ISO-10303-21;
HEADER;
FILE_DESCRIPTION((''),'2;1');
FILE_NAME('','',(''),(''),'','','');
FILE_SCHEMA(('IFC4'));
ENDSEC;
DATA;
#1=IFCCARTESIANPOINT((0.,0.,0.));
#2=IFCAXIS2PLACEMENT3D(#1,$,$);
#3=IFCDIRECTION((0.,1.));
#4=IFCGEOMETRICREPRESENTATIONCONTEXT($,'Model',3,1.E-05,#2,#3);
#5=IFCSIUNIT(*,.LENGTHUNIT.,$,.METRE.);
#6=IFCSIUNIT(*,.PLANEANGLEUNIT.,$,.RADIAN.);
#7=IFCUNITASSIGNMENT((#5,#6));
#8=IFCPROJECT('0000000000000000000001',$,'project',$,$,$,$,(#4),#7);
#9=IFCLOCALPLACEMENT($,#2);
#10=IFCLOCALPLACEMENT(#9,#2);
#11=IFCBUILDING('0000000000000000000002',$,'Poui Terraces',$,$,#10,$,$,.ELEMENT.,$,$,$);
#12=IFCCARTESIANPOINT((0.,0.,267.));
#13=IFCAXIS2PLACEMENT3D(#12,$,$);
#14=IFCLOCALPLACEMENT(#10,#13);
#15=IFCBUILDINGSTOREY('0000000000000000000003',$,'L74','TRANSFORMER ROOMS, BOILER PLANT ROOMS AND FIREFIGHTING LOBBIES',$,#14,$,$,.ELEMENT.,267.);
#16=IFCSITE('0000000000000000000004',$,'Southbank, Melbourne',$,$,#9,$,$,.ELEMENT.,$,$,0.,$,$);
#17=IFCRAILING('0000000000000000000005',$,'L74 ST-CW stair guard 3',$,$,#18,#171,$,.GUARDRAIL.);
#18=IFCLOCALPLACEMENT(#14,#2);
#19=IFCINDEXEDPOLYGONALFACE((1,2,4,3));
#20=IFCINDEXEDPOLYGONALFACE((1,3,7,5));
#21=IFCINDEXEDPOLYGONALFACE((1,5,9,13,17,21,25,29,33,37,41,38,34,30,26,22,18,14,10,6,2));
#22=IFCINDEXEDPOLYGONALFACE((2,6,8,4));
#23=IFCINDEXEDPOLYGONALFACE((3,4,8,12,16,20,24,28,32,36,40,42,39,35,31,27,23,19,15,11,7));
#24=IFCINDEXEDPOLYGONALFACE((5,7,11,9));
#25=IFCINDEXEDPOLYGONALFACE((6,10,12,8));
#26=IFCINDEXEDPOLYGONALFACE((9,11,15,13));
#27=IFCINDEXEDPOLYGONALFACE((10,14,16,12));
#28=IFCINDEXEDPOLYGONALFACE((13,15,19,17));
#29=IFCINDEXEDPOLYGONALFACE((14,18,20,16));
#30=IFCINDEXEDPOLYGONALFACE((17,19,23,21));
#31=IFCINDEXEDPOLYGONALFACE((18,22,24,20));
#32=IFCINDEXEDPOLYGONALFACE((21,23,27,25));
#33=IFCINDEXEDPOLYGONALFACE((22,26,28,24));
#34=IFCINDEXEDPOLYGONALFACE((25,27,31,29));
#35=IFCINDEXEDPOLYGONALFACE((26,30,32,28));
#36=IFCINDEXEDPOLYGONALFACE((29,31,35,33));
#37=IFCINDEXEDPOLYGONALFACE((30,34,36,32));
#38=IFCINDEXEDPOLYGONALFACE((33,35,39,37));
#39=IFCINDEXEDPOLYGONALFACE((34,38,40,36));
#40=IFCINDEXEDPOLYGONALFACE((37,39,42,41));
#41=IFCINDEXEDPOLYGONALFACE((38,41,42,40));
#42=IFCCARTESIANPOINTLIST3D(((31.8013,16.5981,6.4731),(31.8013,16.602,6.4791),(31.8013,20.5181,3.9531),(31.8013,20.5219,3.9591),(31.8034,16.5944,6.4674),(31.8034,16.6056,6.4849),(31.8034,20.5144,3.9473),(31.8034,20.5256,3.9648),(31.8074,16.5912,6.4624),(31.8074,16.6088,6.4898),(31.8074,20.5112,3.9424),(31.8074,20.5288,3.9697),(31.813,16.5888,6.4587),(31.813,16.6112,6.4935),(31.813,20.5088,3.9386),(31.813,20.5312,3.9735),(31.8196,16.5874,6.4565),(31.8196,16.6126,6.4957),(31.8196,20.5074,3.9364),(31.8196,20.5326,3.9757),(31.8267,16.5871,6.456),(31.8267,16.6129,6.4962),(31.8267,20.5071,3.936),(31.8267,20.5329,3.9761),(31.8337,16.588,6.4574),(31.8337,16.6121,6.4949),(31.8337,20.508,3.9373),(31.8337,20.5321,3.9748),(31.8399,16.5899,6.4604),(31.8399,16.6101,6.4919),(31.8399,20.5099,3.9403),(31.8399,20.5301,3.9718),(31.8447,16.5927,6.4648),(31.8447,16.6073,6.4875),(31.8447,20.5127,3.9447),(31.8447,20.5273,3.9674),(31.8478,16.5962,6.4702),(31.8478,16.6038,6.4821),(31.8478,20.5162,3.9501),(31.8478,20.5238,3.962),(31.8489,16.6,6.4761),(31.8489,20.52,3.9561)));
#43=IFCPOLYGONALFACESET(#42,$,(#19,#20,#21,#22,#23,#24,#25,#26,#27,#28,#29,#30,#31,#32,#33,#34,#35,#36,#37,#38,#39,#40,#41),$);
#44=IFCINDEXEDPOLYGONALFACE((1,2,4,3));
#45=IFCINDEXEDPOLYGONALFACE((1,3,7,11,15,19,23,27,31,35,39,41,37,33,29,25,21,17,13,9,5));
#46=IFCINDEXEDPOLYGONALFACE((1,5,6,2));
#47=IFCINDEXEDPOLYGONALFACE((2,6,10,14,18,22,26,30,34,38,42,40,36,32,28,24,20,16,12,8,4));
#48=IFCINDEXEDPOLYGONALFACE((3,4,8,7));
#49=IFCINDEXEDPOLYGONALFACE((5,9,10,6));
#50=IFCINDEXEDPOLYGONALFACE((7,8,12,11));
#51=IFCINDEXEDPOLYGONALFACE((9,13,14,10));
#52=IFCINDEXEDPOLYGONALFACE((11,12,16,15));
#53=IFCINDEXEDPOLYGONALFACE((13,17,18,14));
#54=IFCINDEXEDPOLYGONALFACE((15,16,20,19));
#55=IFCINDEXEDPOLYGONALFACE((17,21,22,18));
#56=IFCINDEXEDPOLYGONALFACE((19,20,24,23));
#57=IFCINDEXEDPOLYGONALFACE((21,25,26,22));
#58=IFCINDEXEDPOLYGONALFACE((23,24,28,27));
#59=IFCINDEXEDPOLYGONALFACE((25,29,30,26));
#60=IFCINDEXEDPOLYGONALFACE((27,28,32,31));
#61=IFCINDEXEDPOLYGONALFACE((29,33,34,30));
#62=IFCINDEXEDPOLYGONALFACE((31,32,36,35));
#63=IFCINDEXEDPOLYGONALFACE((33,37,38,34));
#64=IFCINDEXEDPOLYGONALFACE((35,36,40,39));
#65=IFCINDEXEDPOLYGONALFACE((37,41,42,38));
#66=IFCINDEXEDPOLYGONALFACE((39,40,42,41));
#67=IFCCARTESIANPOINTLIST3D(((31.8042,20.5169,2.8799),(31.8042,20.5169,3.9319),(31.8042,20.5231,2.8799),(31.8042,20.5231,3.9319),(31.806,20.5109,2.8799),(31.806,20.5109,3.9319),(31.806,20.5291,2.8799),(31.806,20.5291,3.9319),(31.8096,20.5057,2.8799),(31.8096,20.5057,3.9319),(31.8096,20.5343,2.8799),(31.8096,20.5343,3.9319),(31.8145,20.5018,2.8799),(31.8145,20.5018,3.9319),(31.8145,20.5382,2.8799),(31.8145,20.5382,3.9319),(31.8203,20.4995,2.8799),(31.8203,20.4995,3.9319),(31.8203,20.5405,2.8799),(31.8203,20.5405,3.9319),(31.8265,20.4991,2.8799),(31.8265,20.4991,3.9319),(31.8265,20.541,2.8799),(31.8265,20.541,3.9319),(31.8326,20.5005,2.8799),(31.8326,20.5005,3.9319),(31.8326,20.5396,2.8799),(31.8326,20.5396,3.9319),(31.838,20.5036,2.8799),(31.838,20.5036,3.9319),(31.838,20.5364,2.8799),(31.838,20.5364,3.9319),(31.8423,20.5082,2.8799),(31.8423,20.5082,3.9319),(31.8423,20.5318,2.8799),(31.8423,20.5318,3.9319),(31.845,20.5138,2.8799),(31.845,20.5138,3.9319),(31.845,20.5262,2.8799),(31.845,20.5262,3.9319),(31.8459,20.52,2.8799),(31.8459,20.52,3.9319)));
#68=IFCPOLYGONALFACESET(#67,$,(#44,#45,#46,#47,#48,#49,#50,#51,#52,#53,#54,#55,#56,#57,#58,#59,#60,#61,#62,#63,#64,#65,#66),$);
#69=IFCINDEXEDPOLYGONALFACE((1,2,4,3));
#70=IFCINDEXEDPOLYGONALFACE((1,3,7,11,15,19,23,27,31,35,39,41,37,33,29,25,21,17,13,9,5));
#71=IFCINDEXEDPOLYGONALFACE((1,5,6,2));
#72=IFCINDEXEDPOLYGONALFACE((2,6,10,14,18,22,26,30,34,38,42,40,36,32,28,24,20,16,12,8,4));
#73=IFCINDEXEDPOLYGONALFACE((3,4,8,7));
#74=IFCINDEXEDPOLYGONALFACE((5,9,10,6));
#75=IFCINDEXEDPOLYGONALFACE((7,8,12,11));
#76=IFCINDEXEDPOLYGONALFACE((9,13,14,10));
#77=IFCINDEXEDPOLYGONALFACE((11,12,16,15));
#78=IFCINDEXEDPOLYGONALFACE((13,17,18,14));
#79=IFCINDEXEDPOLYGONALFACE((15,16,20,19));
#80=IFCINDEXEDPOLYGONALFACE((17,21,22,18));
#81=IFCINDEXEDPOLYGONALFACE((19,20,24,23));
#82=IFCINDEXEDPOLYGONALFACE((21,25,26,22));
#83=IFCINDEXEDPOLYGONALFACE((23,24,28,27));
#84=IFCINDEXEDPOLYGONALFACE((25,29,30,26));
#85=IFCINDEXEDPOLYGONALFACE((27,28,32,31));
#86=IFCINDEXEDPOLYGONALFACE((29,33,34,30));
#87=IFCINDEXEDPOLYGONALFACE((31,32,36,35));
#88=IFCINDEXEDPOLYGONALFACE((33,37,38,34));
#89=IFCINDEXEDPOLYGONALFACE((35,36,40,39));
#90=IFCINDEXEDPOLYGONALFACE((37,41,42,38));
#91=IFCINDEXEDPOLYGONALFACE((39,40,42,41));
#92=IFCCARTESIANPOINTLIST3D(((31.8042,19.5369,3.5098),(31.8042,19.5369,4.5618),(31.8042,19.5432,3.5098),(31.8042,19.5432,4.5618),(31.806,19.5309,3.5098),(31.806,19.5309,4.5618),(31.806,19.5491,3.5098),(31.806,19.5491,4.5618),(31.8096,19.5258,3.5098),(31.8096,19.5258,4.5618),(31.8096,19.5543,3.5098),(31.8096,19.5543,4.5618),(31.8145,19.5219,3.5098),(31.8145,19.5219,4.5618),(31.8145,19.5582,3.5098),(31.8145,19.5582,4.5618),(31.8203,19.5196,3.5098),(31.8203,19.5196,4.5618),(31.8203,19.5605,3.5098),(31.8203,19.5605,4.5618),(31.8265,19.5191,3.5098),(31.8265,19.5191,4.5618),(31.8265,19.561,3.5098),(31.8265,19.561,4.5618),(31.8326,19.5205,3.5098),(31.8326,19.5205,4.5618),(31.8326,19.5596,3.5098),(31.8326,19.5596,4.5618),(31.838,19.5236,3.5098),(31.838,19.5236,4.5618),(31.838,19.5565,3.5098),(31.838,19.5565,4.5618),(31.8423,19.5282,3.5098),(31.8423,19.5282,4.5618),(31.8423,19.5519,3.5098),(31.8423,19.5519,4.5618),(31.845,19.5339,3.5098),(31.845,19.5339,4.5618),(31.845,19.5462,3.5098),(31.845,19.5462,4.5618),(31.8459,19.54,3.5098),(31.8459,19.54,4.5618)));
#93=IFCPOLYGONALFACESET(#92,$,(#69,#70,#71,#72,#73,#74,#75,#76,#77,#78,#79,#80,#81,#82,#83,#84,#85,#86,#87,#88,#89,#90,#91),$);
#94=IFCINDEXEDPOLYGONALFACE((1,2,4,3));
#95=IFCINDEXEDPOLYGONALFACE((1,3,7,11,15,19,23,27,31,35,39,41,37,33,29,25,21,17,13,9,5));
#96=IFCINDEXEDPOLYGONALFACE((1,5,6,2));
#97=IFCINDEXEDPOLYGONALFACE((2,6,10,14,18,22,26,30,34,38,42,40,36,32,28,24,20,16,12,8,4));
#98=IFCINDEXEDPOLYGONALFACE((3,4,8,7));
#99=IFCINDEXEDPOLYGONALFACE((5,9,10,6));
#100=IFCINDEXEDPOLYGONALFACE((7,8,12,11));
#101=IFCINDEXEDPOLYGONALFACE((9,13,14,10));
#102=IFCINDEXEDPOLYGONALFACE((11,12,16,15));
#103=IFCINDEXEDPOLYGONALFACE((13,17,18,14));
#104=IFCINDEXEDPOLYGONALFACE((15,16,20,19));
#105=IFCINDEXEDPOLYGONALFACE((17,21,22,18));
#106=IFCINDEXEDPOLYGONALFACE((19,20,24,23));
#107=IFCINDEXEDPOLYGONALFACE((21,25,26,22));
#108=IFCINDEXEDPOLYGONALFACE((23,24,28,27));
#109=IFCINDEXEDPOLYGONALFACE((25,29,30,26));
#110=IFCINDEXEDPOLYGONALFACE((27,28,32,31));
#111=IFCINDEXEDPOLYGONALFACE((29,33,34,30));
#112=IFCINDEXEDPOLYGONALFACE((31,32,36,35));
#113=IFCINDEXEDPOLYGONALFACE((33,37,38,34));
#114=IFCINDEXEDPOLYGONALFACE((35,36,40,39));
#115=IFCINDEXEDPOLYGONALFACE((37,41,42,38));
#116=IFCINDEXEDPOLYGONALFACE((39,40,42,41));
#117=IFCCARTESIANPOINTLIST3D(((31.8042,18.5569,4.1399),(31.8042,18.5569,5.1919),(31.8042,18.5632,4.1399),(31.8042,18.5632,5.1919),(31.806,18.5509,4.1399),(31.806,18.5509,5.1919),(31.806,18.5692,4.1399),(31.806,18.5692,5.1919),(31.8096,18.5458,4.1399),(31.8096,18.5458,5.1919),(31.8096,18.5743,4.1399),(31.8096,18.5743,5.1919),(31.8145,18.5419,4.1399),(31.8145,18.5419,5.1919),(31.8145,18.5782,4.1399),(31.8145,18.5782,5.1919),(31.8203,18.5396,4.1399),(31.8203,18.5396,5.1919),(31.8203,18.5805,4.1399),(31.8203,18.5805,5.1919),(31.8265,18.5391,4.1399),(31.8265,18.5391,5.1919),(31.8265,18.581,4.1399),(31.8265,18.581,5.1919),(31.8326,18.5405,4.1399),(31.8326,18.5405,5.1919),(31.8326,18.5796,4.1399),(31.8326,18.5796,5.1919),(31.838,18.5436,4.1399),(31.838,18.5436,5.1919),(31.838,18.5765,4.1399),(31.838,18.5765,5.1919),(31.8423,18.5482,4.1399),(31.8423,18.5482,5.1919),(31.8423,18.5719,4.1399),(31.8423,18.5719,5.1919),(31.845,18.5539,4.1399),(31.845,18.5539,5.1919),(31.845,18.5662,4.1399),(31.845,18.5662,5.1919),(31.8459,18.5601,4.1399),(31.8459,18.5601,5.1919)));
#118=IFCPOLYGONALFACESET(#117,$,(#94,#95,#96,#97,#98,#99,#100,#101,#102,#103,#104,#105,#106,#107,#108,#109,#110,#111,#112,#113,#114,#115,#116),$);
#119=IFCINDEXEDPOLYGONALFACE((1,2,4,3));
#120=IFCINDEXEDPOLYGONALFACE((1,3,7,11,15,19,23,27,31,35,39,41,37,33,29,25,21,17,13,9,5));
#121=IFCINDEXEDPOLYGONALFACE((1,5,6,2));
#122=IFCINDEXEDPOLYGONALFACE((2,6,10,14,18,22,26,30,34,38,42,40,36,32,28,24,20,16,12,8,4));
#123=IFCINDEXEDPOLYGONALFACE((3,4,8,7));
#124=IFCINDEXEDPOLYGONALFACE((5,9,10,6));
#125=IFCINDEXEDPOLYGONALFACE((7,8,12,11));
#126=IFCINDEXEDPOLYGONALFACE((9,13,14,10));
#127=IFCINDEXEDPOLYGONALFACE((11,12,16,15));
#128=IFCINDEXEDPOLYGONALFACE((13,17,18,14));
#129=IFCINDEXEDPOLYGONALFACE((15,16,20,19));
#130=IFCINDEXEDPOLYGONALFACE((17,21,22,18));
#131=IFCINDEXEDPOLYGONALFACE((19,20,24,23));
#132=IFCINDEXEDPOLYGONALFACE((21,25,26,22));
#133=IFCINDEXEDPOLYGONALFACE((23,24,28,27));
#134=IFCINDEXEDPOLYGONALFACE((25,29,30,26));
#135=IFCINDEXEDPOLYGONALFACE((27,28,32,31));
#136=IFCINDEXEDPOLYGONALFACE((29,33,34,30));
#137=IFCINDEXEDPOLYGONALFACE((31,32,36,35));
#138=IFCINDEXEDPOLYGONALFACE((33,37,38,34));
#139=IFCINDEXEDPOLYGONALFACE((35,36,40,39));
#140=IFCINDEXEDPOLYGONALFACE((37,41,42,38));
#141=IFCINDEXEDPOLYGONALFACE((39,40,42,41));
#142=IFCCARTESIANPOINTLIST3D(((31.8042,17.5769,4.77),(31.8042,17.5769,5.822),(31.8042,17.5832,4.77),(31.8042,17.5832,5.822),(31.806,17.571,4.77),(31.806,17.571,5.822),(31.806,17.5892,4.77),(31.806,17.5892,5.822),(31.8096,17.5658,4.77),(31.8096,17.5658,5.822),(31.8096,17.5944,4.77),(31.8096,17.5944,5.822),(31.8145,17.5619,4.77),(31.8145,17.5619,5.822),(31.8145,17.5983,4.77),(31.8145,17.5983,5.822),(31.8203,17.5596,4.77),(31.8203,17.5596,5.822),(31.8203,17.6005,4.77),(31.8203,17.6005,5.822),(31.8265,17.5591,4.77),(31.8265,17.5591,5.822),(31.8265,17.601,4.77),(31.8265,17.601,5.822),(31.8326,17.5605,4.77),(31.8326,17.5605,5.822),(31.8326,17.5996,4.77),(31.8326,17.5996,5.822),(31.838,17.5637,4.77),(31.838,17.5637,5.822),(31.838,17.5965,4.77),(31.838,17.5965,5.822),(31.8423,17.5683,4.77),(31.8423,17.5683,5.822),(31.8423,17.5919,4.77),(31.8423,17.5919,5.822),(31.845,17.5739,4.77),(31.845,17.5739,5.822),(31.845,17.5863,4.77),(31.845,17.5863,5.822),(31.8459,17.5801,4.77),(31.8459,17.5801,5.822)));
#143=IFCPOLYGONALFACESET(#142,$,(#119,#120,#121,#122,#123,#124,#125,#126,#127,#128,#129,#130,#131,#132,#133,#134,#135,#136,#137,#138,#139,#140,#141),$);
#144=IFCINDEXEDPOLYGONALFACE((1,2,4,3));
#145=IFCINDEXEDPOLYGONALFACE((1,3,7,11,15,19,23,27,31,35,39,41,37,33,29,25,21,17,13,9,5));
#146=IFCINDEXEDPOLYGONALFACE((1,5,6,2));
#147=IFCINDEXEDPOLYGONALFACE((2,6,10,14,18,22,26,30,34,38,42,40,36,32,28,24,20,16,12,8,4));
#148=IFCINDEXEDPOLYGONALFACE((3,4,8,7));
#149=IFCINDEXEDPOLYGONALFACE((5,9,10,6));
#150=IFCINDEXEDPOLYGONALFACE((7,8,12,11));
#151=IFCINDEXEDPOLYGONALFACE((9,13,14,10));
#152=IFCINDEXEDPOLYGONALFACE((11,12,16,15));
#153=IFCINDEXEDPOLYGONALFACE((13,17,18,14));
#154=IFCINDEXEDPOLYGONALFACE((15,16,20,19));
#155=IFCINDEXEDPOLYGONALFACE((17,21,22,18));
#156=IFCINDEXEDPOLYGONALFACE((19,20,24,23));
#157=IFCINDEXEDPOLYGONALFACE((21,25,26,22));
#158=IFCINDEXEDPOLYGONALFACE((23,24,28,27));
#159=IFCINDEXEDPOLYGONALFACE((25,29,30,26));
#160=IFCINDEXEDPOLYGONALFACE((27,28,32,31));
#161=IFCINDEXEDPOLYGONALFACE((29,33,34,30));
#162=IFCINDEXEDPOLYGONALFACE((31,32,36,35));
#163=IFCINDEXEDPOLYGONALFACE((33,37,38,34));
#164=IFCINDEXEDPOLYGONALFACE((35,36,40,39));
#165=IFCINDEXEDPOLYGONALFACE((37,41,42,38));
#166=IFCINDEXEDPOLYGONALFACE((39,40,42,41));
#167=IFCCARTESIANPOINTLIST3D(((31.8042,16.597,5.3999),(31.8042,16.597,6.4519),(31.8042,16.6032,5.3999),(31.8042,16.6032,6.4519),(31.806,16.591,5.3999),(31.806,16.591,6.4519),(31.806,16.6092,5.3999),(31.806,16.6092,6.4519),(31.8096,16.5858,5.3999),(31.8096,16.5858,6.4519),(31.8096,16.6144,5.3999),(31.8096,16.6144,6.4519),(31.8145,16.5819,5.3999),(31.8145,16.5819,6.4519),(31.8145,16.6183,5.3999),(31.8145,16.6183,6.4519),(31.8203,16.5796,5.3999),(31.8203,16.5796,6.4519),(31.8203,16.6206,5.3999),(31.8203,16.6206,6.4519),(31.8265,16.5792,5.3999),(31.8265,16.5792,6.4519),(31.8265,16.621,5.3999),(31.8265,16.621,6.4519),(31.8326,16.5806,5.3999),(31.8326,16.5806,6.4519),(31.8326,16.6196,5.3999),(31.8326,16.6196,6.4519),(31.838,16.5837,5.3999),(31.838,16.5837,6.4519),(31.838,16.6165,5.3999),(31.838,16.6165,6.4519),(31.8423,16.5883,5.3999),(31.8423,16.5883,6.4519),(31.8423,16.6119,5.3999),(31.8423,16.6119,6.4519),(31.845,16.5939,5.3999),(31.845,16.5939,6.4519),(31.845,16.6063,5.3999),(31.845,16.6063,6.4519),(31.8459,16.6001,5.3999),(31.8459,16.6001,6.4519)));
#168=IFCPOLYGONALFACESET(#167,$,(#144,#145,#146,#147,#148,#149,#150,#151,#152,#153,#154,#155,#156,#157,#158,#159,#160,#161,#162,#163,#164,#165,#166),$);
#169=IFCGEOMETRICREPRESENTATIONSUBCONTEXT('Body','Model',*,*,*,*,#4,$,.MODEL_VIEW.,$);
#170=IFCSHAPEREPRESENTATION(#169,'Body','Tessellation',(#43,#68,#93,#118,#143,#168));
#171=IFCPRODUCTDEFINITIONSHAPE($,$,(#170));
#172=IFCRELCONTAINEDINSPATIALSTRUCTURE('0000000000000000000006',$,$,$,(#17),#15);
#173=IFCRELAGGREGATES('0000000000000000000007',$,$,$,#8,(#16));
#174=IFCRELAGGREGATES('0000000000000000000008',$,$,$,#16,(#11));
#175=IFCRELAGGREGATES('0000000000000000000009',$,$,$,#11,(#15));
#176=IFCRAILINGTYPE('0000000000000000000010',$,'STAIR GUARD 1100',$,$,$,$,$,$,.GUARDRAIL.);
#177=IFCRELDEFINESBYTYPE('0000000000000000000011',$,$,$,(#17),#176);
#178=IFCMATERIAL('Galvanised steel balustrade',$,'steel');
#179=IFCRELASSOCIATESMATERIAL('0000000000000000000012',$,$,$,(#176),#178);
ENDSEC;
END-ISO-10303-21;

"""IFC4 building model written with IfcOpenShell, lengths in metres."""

from ifc_helpers import new_model, si_unit, direction, frame, origin, origin_2d, place, context, subcontext, project, spatial, circle, extrude, material, type_object, element, save


model = new_model("IFC4")

# Units and contexts
model_context = context("Model", 3, precision=1e-05, world=origin(), true_north=direction((0.0, 1.0)))
body_context = subcontext(model_context, "Body", "Model", "MODEL_VIEW")
ifc_project = project(units=[si_unit("LENGTHUNIT", "METRE"), si_unit("PLANEANGLEUNIT", "RADIAN")], contexts=[model_context])

# Site, building, storey
site_placement = place(None, origin())
site = spatial("IfcSite", under=ifc_project, at=site_placement, Name="Southbank, Melbourne", CompositionType="ELEMENT", RefElevation=0.0)
building_placement = place(site_placement, origin())
building = spatial("IfcBuilding", under=site, at=building_placement, Name="Poui Terraces", CompositionType="ELEMENT")
storey_placement = place(building_placement, frame((0.0, 0.0, 267.0)))
storey = spatial("IfcBuildingStorey", under=building, at=storey_placement, Name="L74", Description="TRANSFORMER ROOMS, BOILER PLANT ROOMS AND FIREFIGHTING LOBBIES", CompositionType="ELEMENT", Elevation=267.0)

# Railing
ifc_material_1 = material(Name="Galvanised steel balustrade", Category="steel")
railing_type_1 = type_object("IfcRailingType", Name="STAIR GUARD 1100", PredefinedType="GUARDRAIL", material=ifc_material_1)
railing_1_placement = place(storey_placement, frame((31.825, 20.52, 2.8799)))
element("IfcRailing", 1, at=railing_1_placement, inside=storey, type_object=railing_type_1, Name="L74 ST-CW stair guard 3", PredefinedType="GUARDRAIL", context=body_context, shape_type="SweptSolid", body=[
    extrude(circle(Radius=0.0239, at=origin_2d()), frame((0.0, 0.0, 1.0762), z_axis=(0.0, -0.841172, 0.540768), x_axis=(1.0, 0.0, 0.0)), (0.0, 0.0, 1.0), 4.6602),
    extrude(circle(Radius=0.021, at=origin_2d()), origin(), (0.0, 0.0, 1.0), 1.052),
    extrude(circle(Radius=0.021, at=origin_2d()), frame((0.0, -0.98, 0.6299)), (0.0, 0.0, 1.0), 1.052),
    extrude(circle(Radius=0.021, at=origin_2d()), frame((0.0, -1.96, 1.26)), (0.0, 0.0, 1.0), 1.052),
    extrude(circle(Radius=0.021, at=origin_2d()), frame((0.0, -2.9399, 1.8901)), (0.0, 0.0, 1.0), 1.052),
    extrude(circle(Radius=0.021, at=origin_2d()), frame((0.0, -3.9199, 2.52)), (0.0, 0.0, 1.0), 1.052),
])

save(model, "model.ifc")
